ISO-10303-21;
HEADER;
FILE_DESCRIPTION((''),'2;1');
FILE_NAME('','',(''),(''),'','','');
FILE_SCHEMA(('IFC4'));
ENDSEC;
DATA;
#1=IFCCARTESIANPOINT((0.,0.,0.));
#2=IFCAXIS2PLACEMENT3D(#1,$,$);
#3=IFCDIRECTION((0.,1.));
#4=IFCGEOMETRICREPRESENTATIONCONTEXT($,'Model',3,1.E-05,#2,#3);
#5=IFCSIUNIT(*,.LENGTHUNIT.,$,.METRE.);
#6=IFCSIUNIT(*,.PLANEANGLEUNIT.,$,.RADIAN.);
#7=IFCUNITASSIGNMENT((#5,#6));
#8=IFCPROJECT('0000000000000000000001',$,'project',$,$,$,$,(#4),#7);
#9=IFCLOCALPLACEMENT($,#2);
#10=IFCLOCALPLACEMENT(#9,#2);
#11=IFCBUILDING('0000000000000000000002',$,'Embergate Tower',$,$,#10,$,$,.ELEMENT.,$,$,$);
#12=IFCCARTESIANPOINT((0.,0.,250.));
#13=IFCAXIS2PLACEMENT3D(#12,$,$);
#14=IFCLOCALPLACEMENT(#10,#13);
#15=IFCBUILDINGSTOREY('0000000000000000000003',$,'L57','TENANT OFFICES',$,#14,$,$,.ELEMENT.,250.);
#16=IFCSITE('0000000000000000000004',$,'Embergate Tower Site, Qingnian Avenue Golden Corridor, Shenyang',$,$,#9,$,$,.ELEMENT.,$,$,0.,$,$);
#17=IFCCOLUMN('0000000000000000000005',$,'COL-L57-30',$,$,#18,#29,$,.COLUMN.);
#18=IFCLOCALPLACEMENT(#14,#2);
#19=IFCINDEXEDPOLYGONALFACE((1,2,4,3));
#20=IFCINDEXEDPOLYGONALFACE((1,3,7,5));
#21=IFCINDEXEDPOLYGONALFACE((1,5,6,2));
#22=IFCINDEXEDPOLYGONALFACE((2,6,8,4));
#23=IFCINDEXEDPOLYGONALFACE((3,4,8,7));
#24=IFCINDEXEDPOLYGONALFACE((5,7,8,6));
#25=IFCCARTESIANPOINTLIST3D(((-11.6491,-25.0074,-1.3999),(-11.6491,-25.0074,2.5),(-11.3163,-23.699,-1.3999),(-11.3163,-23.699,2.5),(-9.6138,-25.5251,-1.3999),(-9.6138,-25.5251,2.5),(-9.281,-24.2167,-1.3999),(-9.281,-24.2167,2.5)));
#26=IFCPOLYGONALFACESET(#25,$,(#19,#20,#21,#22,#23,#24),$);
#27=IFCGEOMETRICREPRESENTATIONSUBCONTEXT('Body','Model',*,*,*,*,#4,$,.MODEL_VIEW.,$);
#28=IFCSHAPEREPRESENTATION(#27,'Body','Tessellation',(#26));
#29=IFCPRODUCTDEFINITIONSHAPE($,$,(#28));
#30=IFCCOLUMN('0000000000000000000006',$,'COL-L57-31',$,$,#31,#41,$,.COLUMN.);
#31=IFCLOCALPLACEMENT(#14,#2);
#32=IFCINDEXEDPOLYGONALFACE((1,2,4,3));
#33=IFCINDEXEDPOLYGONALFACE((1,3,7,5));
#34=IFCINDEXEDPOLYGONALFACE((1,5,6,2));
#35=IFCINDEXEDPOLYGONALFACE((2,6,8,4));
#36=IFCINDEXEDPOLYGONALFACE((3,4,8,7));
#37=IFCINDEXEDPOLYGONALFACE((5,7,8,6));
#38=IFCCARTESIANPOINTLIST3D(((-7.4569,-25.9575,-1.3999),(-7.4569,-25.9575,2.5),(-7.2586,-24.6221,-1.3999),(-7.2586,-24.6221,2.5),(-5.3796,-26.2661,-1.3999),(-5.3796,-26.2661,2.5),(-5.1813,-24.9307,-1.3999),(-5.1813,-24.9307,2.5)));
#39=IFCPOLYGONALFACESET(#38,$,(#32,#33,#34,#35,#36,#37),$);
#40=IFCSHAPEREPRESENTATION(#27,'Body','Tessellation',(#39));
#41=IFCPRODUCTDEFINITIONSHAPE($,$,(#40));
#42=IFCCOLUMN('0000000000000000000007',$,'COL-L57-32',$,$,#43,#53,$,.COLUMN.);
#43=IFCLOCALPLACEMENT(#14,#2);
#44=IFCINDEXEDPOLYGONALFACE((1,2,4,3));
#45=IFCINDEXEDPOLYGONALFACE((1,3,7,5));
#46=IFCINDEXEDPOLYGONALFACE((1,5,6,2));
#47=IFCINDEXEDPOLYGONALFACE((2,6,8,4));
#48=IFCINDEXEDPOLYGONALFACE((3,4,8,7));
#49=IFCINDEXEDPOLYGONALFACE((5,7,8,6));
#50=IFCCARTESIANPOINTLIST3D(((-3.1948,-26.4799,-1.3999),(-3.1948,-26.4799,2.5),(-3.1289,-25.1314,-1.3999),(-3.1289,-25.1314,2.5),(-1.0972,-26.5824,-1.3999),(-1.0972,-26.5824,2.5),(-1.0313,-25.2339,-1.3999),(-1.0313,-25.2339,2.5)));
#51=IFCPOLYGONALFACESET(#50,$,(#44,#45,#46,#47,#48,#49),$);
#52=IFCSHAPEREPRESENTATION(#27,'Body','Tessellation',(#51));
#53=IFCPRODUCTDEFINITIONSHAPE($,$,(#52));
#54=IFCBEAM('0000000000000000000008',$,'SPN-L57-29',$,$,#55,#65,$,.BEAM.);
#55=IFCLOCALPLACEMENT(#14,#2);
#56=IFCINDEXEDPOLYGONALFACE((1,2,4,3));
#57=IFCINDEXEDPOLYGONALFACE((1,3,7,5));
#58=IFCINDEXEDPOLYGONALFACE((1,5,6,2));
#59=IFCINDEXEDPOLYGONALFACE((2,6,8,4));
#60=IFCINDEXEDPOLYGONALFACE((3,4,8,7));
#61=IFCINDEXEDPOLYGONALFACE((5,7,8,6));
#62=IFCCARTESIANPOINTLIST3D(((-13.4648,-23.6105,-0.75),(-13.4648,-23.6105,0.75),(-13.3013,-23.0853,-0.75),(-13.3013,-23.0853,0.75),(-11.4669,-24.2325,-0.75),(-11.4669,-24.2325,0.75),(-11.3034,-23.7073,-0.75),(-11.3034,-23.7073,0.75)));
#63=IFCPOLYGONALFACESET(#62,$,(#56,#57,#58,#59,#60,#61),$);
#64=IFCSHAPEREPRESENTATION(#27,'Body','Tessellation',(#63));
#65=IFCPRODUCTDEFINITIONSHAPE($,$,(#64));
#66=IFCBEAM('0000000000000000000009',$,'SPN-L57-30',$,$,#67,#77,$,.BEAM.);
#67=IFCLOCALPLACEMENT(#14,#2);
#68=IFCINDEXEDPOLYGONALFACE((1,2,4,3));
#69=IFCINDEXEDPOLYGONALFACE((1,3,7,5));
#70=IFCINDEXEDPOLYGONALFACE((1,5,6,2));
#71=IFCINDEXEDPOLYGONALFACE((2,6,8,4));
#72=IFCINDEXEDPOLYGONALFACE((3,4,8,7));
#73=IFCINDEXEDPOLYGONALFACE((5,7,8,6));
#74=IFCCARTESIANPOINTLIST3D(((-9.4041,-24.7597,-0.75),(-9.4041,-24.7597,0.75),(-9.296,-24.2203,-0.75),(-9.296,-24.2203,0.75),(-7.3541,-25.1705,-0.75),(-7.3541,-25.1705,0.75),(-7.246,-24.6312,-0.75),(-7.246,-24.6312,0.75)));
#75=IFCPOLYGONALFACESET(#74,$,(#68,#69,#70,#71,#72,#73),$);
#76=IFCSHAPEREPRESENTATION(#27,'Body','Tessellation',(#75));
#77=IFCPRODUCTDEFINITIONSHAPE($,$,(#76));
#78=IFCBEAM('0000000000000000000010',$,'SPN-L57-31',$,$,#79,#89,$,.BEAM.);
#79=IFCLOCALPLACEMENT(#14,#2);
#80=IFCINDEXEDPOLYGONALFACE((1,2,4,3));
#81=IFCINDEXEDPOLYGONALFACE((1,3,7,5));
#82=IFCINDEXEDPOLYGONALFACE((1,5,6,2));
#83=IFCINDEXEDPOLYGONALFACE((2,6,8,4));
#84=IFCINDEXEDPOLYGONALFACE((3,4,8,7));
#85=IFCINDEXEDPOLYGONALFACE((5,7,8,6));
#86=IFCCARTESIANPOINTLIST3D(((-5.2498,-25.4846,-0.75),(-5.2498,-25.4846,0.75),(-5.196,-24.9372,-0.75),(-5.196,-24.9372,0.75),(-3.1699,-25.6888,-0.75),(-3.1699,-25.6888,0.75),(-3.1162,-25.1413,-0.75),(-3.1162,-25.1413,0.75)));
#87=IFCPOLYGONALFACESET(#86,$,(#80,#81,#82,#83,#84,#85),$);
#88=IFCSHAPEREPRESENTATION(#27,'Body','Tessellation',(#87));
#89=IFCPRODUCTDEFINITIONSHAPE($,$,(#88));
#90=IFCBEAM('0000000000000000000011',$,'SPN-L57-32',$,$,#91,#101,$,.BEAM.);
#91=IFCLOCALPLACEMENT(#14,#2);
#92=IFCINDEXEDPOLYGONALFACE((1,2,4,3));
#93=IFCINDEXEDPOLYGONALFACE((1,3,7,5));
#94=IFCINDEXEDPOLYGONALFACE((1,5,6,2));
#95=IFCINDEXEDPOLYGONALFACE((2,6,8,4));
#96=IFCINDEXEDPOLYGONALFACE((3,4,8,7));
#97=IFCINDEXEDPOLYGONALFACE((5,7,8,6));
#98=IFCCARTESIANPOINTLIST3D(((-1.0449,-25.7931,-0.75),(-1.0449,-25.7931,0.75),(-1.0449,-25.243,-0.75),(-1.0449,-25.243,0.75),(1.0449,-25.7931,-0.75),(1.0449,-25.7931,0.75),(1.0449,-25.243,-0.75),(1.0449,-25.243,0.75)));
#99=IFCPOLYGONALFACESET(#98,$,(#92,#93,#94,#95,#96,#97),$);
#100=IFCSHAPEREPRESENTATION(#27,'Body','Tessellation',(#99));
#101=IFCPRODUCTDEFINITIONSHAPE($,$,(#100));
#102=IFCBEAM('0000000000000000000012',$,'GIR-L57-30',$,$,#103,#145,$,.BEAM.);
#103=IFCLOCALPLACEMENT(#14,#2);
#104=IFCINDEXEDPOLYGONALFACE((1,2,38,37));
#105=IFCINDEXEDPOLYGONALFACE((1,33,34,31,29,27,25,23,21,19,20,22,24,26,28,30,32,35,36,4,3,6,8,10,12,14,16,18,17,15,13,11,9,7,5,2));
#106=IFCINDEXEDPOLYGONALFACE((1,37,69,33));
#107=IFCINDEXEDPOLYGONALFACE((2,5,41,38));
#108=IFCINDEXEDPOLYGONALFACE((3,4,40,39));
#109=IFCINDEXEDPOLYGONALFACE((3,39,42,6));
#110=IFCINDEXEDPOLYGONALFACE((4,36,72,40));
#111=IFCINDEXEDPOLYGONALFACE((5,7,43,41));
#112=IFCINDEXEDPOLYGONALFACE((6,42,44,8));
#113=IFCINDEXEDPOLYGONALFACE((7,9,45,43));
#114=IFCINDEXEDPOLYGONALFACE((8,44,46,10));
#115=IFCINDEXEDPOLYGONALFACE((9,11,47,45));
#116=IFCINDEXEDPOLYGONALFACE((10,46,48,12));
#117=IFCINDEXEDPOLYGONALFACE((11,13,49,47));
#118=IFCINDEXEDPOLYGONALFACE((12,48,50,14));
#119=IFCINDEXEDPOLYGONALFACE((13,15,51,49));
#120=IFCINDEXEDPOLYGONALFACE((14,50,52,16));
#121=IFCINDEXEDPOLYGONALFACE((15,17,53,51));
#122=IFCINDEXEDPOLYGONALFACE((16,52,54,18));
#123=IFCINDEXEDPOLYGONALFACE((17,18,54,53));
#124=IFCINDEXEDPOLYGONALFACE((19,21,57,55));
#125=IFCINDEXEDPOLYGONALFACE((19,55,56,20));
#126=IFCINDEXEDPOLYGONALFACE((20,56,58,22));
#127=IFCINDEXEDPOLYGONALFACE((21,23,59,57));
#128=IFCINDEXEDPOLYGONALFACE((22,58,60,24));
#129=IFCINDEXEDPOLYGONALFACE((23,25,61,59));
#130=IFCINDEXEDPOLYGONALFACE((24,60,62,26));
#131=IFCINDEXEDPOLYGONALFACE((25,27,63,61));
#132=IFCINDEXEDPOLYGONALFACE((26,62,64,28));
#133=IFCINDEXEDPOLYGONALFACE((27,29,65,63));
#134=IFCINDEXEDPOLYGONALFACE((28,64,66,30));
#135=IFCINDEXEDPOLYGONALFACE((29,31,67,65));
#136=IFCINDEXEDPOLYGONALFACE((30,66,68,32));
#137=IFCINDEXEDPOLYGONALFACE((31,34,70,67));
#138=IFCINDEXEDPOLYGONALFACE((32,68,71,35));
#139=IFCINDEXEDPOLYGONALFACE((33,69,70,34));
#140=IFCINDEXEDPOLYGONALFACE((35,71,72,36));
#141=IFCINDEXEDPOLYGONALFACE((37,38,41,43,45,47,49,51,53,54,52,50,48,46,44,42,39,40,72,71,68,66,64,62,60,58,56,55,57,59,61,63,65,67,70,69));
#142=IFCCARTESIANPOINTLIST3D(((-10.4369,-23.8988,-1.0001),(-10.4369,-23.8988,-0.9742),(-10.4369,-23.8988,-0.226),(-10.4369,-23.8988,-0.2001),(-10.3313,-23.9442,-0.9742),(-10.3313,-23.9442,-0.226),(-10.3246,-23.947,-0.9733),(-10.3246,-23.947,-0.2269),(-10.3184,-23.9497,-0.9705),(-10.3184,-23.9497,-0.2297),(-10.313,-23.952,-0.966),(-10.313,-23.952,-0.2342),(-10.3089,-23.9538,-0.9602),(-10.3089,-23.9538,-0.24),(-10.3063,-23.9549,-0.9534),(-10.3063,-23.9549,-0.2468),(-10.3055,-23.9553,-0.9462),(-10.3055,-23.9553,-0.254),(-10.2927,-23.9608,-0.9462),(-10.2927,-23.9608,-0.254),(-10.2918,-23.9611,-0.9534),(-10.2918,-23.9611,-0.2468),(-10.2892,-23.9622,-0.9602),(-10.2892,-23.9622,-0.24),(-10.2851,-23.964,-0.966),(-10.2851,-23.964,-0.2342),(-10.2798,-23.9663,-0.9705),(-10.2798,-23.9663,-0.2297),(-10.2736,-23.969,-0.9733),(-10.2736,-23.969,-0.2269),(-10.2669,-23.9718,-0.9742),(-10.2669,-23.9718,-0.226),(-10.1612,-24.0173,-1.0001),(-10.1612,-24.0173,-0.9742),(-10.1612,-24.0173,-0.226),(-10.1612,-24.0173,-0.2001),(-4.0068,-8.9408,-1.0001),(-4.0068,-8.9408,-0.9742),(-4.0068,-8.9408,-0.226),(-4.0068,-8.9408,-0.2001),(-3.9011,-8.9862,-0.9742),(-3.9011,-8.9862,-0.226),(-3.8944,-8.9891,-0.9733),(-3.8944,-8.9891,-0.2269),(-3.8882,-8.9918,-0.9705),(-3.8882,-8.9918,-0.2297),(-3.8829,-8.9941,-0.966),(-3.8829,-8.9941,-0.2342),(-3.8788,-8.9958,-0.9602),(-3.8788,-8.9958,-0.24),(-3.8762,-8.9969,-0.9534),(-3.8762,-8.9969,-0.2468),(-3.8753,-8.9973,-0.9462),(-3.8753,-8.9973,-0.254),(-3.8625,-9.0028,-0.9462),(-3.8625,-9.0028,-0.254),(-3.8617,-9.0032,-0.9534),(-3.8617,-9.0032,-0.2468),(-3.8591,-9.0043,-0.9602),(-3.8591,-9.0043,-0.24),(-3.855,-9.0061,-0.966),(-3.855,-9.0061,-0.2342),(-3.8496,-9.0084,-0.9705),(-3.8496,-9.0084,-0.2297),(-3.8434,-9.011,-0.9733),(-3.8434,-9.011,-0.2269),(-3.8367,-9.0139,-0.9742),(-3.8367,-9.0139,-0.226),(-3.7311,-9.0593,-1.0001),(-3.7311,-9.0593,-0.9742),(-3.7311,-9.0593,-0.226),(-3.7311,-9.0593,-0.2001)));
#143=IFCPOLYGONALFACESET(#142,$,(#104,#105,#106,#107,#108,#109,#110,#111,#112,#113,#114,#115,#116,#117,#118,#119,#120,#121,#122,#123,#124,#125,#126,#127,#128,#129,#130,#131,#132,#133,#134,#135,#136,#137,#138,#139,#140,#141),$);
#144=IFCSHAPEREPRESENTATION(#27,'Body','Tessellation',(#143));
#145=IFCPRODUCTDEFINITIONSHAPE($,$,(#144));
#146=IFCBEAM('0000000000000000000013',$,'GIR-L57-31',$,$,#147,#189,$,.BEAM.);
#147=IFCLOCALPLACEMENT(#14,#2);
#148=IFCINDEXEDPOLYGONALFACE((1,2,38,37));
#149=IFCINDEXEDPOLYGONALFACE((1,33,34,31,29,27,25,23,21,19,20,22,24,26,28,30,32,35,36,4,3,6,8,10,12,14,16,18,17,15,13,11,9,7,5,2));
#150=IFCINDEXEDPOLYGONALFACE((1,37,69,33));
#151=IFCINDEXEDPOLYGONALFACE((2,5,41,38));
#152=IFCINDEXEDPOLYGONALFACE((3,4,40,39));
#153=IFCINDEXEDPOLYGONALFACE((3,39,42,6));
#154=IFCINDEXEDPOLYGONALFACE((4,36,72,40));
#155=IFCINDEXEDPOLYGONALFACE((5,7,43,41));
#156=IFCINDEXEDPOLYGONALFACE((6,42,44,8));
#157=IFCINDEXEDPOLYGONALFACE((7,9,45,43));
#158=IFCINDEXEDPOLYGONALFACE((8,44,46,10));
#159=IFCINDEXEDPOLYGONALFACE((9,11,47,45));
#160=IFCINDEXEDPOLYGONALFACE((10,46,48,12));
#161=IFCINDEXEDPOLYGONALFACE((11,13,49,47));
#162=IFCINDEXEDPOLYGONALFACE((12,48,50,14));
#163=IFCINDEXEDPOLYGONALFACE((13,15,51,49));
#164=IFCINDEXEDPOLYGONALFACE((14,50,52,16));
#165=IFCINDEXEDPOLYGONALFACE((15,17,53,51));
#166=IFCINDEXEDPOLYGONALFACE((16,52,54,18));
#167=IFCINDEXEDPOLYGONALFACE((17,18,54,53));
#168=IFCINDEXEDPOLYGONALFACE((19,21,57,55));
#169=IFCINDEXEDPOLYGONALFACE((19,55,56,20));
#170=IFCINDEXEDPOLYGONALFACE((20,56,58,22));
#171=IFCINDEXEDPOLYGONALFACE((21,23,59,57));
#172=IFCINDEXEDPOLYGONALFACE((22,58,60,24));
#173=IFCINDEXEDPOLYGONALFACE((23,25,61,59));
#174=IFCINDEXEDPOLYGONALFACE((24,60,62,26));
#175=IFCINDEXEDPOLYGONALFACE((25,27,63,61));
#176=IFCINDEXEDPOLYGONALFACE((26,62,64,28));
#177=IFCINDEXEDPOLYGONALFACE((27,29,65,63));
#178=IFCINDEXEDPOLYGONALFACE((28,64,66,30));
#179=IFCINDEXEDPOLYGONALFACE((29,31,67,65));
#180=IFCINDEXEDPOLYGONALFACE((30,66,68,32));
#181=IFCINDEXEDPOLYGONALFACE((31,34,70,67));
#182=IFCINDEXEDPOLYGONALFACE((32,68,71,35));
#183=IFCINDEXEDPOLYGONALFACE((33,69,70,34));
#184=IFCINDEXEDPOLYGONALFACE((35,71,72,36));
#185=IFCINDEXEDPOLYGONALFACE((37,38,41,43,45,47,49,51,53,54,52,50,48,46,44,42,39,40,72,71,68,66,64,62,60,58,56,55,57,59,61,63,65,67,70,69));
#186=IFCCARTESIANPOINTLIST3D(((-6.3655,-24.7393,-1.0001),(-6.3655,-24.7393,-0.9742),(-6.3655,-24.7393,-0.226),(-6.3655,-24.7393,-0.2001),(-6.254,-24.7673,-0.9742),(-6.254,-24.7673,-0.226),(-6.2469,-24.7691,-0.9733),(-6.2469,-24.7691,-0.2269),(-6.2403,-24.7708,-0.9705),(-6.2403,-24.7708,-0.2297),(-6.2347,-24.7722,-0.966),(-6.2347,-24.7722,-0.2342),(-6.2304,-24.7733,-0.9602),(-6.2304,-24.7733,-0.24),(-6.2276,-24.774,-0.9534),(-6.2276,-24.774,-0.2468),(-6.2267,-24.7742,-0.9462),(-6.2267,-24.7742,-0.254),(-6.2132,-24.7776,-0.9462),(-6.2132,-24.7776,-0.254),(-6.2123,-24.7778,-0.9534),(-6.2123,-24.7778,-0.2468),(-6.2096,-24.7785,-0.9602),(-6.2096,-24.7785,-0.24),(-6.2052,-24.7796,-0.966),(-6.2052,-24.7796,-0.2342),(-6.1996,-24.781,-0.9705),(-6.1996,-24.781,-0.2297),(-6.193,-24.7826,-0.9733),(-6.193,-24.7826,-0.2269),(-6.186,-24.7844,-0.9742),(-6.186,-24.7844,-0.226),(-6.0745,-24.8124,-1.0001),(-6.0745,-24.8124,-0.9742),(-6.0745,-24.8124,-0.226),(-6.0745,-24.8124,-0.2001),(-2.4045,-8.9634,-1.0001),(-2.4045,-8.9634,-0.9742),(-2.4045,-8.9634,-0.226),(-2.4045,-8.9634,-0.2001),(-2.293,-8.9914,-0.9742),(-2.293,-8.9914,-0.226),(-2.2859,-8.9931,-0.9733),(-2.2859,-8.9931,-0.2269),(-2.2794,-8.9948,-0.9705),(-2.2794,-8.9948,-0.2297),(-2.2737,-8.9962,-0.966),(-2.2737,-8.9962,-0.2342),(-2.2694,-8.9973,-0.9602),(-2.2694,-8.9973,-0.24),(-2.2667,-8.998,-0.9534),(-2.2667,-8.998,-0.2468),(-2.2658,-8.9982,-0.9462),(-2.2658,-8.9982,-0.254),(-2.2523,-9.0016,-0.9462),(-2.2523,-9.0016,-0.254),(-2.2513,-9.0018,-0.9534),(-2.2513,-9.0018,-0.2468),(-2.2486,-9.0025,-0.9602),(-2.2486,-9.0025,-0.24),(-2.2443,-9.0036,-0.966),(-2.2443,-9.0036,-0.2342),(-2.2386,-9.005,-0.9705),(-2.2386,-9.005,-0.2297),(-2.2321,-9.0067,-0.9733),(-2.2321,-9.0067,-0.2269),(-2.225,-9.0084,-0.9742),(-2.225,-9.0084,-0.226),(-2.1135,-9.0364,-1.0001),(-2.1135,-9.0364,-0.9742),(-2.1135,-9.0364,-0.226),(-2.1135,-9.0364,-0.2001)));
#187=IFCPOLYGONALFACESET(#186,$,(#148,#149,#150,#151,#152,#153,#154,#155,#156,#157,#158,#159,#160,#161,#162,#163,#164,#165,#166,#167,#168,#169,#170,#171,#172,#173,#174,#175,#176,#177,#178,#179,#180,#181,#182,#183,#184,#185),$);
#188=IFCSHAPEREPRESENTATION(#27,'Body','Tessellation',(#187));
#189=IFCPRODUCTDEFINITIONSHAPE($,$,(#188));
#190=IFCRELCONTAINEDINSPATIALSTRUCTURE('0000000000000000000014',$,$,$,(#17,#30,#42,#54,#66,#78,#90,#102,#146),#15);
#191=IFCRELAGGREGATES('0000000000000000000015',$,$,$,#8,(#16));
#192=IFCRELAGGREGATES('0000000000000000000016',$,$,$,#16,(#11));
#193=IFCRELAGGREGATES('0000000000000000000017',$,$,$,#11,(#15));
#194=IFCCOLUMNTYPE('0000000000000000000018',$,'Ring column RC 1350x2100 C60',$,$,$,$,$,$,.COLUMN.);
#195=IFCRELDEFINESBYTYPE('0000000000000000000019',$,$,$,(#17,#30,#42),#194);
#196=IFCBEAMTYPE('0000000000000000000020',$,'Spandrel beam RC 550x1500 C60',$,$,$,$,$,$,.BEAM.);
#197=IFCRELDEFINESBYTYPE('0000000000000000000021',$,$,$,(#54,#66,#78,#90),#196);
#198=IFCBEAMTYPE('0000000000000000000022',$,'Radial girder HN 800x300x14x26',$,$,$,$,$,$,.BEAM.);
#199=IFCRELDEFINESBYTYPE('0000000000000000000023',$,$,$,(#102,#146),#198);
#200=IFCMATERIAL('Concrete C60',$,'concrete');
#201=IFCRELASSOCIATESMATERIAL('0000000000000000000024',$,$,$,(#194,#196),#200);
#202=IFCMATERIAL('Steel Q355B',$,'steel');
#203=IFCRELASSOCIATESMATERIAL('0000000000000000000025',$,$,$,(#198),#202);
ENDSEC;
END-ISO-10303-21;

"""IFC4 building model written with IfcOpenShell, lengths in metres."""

from ifc_helpers import new_model, si_unit, direction, frame, origin, origin_2d, place, context, subcontext, project, spatial, rectangle, i_section, extrude, source, transform, mapped, material, material_profile, profile_set, type_object, element, save


model = new_model("IFC4")

# Units and contexts
model_context = context("Model", 3, precision=1e-05, world=origin(), true_north=direction((0.0, 1.0)))
body_context = subcontext(model_context, "Body", "Model", "MODEL_VIEW")
ifc_project = project(units=[si_unit("LENGTHUNIT", "METRE"), si_unit("PLANEANGLEUNIT", "RADIAN")], contexts=[model_context])

# Site, building, storey
site_placement = place(None, origin())
site = spatial("IfcSite", under=ifc_project, at=site_placement, Name="Embergate Tower Site, Qingnian Avenue Golden Corridor, Shenyang", CompositionType="ELEMENT", RefElevation=0.0)
building_placement = place(site_placement, origin())
building = spatial("IfcBuilding", under=site, at=building_placement, Name="Embergate Tower", CompositionType="ELEMENT")
storey_placement = place(building_placement, frame((0.0, 0.0, 250.0)))
storey = spatial("IfcBuildingStorey", under=building, at=storey_placement, Name="L57", Description="TENANT OFFICES", CompositionType="ELEMENT", Elevation=250.0)

# Columns
ifc_material_1 = material(Name="Concrete C60", Category="concrete")
ifc_material_profile_1 = material_profile(ifc_material_1, rectangle(XDim=1.3501, YDim=2.1001, at=origin_2d()), Name="RC 1350x2100")
ifc_profile_set_1 = profile_set([ifc_material_profile_1], Name="Concrete C60")
column_type = type_object("IfcColumnType", Name="Ring column RC 1350x2100 C60", PredefinedType="COLUMN", material=ifc_profile_set_1)
shared_shape_1 = source(origin(), body_context, "Body", "SweptSolid", [
    extrude(rectangle(XDim=1.3501, YDim=2.1001, at=origin_2d()), origin(), (0.0, 0.0, 1.0), 3.8999),
])
for number, where, z_axis, x_axis, name in (
    (1, (-10.4651, -24.6121, -1.3999), (0.0, 0.0, 1.0), (-0.246509, -0.969141, 0.0), "COL-L57-30"),
    (2, (-6.3191, -25.4441, -1.3999), (0.0, 0.0, 1.0), (-0.146929, -0.989147, 0.0), "COL-L57-31"),
    (3, (-2.113, -25.8569, -1.3999), (0.0, 0.0, 1.0), (-0.048815, -0.998808, 0.0), "COL-L57-32"),
):
    element("IfcColumn", number, at=place(storey_placement, frame(where, z_axis=z_axis, x_axis=x_axis)), inside=storey, type_object=column_type, Name=name, PredefinedType="COLUMN", context=body_context, shape_type="MappedRepresentation", body=[
        mapped(shared_shape_1, transform((0.0, 0.0, 0.0))),
    ])

# Beams
ifc_material_profile_2 = material_profile(ifc_material_1, rectangle(XDim=0.55, YDim=1.5, at=origin_2d()), Name="RC 550x1500")
ifc_profile_set_2 = profile_set([ifc_material_profile_2], Name="Concrete C60")
beam_type_1 = type_object("IfcBeamType", Name="Spandrel beam RC 550x1500 C60", PredefinedType="BEAM", material=ifc_profile_set_2)
shared_shape_2 = source(origin(), body_context, "Body", "SweptSolid", [
    extrude(rectangle(XDim=0.55, YDim=1.5, at=origin_2d()), origin(), (0.0, 0.0, 1.0), 2.0925),
])
beam_1_placement = place(storey_placement, frame((-13.3831, -23.3479, 0.0), z_axis=(0.954795, -0.297265, 0.0), x_axis=(0.297265, 0.954795, 0.0)))
element("IfcBeam", 4, at=beam_1_placement, inside=storey, type_object=beam_type_1, Name="SPN-L57-29", PredefinedType="BEAM", context=body_context, shape_type="MappedRepresentation", body=[
    mapped(shared_shape_2, transform((0.0, 0.0, 0.0))),
])
shared_shape_3 = source(origin(), body_context, "Body", "SweptSolid", [
    extrude(rectangle(XDim=0.55, YDim=1.5, at=origin_2d()), origin(), (0.0, 0.0, 1.0), 2.0908),
])
beam_2_placement = place(storey_placement, frame((-9.3501, -24.49, 0.0), z_axis=(0.9805, -0.19652, 0.0), x_axis=(0.19652, 0.9805, 0.0)))
element("IfcBeam", 5, at=beam_2_placement, inside=storey, type_object=beam_type_1, Name="SPN-L57-30", PredefinedType="BEAM", context=body_context, shape_type="MappedRepresentation", body=[
    mapped(shared_shape_3, transform((0.0, 0.0, 0.0))),
])
shared_shape_4 = source(origin(), body_context, "Body", "SweptSolid", [
    extrude(rectangle(XDim=0.55, YDim=1.5, at=origin_2d()), origin(), (0.0, 0.0, 1.0), 2.0898),
])
for number, where, z_axis, x_axis, name in (
    (6, (-5.2229, -25.2109, 0.0), (0.995219, -0.097664, 0.0), (0.097664, 0.995219, 0.0), "SPN-L57-31"),
    (7, (-1.0449, -25.5181, 0.0), (1.0, 0.0, 0.0), (0.0, 1.0, 0.0), "SPN-L57-32"),
):
    element("IfcBeam", number, at=place(storey_placement, frame(where, z_axis=z_axis, x_axis=x_axis)), inside=storey, type_object=beam_type_1, Name=name, PredefinedType="BEAM", context=body_context, shape_type="MappedRepresentation", body=[
        mapped(shared_shape_4, transform((0.0, 0.0, 0.0))),
    ])
ifc_material_2 = material(Name="Steel Q355B", Category="steel")
ifc_material_profile_3 = material_profile(ifc_material_2, i_section(OverallWidth=0.3, OverallDepth=0.8, WebThickness=0.0139, FlangeThickness=0.0259, FilletRadius=0.0281, at=origin_2d()), Name="HN 800x300x14x26")
ifc_profile_set_3 = profile_set([ifc_material_profile_3], Name="Steel Q355 grade B")
beam_type_2 = type_object("IfcBeamType", Name="Radial girder HN 800x300x14x26", PredefinedType="BEAM", material=ifc_profile_set_3)
shared_shape_5 = source(origin(), body_context, "Body", "SweptSolid", [
    extrude(i_section(OverallWidth=0.3, OverallDepth=0.8, WebThickness=0.0139, FlangeThickness=0.0259, FilletRadius=0.0281, at=origin_2d()), origin(), (0.0, 0.0, 1.0), 16.2815),
])
beam_3_placement = place(storey_placement, frame((-10.2991, -23.958, -0.6001), z_axis=(0.394936, 0.918709, 0.0), x_axis=(-0.918709, 0.394936, 0.0)))
element("IfcBeam", 8, at=beam_3_placement, inside=storey, type_object=beam_type_2, Name="GIR-L57-30", PredefinedType="BEAM", context=body_context, shape_type="MappedRepresentation", body=[
    mapped(shared_shape_5, transform((0.0, 0.0, 0.0))),
])
shared_shape_6 = source(origin(), body_context, "Body", "SweptSolid", [
    extrude(i_section(OverallWidth=0.3, OverallDepth=0.8, WebThickness=0.0139, FlangeThickness=0.0259, FilletRadius=0.0281, at=origin_2d()), origin(), (0.0, 0.0, 1.0), 16.2656),
])
beam_4_placement = place(storey_placement, frame((-6.22, -24.7759, -0.6001), z_axis=(0.243517, 0.969897, 0.0), x_axis=(-0.969897, 0.243517, 0.0)))
element("IfcBeam", 9, at=beam_4_placement, inside=storey, type_object=beam_type_2, Name="GIR-L57-31", PredefinedType="BEAM", context=body_context, shape_type="MappedRepresentation", body=[
    mapped(shared_shape_6, transform((0.0, 0.0, 0.0))),
])

save(model, "model.ifc")
